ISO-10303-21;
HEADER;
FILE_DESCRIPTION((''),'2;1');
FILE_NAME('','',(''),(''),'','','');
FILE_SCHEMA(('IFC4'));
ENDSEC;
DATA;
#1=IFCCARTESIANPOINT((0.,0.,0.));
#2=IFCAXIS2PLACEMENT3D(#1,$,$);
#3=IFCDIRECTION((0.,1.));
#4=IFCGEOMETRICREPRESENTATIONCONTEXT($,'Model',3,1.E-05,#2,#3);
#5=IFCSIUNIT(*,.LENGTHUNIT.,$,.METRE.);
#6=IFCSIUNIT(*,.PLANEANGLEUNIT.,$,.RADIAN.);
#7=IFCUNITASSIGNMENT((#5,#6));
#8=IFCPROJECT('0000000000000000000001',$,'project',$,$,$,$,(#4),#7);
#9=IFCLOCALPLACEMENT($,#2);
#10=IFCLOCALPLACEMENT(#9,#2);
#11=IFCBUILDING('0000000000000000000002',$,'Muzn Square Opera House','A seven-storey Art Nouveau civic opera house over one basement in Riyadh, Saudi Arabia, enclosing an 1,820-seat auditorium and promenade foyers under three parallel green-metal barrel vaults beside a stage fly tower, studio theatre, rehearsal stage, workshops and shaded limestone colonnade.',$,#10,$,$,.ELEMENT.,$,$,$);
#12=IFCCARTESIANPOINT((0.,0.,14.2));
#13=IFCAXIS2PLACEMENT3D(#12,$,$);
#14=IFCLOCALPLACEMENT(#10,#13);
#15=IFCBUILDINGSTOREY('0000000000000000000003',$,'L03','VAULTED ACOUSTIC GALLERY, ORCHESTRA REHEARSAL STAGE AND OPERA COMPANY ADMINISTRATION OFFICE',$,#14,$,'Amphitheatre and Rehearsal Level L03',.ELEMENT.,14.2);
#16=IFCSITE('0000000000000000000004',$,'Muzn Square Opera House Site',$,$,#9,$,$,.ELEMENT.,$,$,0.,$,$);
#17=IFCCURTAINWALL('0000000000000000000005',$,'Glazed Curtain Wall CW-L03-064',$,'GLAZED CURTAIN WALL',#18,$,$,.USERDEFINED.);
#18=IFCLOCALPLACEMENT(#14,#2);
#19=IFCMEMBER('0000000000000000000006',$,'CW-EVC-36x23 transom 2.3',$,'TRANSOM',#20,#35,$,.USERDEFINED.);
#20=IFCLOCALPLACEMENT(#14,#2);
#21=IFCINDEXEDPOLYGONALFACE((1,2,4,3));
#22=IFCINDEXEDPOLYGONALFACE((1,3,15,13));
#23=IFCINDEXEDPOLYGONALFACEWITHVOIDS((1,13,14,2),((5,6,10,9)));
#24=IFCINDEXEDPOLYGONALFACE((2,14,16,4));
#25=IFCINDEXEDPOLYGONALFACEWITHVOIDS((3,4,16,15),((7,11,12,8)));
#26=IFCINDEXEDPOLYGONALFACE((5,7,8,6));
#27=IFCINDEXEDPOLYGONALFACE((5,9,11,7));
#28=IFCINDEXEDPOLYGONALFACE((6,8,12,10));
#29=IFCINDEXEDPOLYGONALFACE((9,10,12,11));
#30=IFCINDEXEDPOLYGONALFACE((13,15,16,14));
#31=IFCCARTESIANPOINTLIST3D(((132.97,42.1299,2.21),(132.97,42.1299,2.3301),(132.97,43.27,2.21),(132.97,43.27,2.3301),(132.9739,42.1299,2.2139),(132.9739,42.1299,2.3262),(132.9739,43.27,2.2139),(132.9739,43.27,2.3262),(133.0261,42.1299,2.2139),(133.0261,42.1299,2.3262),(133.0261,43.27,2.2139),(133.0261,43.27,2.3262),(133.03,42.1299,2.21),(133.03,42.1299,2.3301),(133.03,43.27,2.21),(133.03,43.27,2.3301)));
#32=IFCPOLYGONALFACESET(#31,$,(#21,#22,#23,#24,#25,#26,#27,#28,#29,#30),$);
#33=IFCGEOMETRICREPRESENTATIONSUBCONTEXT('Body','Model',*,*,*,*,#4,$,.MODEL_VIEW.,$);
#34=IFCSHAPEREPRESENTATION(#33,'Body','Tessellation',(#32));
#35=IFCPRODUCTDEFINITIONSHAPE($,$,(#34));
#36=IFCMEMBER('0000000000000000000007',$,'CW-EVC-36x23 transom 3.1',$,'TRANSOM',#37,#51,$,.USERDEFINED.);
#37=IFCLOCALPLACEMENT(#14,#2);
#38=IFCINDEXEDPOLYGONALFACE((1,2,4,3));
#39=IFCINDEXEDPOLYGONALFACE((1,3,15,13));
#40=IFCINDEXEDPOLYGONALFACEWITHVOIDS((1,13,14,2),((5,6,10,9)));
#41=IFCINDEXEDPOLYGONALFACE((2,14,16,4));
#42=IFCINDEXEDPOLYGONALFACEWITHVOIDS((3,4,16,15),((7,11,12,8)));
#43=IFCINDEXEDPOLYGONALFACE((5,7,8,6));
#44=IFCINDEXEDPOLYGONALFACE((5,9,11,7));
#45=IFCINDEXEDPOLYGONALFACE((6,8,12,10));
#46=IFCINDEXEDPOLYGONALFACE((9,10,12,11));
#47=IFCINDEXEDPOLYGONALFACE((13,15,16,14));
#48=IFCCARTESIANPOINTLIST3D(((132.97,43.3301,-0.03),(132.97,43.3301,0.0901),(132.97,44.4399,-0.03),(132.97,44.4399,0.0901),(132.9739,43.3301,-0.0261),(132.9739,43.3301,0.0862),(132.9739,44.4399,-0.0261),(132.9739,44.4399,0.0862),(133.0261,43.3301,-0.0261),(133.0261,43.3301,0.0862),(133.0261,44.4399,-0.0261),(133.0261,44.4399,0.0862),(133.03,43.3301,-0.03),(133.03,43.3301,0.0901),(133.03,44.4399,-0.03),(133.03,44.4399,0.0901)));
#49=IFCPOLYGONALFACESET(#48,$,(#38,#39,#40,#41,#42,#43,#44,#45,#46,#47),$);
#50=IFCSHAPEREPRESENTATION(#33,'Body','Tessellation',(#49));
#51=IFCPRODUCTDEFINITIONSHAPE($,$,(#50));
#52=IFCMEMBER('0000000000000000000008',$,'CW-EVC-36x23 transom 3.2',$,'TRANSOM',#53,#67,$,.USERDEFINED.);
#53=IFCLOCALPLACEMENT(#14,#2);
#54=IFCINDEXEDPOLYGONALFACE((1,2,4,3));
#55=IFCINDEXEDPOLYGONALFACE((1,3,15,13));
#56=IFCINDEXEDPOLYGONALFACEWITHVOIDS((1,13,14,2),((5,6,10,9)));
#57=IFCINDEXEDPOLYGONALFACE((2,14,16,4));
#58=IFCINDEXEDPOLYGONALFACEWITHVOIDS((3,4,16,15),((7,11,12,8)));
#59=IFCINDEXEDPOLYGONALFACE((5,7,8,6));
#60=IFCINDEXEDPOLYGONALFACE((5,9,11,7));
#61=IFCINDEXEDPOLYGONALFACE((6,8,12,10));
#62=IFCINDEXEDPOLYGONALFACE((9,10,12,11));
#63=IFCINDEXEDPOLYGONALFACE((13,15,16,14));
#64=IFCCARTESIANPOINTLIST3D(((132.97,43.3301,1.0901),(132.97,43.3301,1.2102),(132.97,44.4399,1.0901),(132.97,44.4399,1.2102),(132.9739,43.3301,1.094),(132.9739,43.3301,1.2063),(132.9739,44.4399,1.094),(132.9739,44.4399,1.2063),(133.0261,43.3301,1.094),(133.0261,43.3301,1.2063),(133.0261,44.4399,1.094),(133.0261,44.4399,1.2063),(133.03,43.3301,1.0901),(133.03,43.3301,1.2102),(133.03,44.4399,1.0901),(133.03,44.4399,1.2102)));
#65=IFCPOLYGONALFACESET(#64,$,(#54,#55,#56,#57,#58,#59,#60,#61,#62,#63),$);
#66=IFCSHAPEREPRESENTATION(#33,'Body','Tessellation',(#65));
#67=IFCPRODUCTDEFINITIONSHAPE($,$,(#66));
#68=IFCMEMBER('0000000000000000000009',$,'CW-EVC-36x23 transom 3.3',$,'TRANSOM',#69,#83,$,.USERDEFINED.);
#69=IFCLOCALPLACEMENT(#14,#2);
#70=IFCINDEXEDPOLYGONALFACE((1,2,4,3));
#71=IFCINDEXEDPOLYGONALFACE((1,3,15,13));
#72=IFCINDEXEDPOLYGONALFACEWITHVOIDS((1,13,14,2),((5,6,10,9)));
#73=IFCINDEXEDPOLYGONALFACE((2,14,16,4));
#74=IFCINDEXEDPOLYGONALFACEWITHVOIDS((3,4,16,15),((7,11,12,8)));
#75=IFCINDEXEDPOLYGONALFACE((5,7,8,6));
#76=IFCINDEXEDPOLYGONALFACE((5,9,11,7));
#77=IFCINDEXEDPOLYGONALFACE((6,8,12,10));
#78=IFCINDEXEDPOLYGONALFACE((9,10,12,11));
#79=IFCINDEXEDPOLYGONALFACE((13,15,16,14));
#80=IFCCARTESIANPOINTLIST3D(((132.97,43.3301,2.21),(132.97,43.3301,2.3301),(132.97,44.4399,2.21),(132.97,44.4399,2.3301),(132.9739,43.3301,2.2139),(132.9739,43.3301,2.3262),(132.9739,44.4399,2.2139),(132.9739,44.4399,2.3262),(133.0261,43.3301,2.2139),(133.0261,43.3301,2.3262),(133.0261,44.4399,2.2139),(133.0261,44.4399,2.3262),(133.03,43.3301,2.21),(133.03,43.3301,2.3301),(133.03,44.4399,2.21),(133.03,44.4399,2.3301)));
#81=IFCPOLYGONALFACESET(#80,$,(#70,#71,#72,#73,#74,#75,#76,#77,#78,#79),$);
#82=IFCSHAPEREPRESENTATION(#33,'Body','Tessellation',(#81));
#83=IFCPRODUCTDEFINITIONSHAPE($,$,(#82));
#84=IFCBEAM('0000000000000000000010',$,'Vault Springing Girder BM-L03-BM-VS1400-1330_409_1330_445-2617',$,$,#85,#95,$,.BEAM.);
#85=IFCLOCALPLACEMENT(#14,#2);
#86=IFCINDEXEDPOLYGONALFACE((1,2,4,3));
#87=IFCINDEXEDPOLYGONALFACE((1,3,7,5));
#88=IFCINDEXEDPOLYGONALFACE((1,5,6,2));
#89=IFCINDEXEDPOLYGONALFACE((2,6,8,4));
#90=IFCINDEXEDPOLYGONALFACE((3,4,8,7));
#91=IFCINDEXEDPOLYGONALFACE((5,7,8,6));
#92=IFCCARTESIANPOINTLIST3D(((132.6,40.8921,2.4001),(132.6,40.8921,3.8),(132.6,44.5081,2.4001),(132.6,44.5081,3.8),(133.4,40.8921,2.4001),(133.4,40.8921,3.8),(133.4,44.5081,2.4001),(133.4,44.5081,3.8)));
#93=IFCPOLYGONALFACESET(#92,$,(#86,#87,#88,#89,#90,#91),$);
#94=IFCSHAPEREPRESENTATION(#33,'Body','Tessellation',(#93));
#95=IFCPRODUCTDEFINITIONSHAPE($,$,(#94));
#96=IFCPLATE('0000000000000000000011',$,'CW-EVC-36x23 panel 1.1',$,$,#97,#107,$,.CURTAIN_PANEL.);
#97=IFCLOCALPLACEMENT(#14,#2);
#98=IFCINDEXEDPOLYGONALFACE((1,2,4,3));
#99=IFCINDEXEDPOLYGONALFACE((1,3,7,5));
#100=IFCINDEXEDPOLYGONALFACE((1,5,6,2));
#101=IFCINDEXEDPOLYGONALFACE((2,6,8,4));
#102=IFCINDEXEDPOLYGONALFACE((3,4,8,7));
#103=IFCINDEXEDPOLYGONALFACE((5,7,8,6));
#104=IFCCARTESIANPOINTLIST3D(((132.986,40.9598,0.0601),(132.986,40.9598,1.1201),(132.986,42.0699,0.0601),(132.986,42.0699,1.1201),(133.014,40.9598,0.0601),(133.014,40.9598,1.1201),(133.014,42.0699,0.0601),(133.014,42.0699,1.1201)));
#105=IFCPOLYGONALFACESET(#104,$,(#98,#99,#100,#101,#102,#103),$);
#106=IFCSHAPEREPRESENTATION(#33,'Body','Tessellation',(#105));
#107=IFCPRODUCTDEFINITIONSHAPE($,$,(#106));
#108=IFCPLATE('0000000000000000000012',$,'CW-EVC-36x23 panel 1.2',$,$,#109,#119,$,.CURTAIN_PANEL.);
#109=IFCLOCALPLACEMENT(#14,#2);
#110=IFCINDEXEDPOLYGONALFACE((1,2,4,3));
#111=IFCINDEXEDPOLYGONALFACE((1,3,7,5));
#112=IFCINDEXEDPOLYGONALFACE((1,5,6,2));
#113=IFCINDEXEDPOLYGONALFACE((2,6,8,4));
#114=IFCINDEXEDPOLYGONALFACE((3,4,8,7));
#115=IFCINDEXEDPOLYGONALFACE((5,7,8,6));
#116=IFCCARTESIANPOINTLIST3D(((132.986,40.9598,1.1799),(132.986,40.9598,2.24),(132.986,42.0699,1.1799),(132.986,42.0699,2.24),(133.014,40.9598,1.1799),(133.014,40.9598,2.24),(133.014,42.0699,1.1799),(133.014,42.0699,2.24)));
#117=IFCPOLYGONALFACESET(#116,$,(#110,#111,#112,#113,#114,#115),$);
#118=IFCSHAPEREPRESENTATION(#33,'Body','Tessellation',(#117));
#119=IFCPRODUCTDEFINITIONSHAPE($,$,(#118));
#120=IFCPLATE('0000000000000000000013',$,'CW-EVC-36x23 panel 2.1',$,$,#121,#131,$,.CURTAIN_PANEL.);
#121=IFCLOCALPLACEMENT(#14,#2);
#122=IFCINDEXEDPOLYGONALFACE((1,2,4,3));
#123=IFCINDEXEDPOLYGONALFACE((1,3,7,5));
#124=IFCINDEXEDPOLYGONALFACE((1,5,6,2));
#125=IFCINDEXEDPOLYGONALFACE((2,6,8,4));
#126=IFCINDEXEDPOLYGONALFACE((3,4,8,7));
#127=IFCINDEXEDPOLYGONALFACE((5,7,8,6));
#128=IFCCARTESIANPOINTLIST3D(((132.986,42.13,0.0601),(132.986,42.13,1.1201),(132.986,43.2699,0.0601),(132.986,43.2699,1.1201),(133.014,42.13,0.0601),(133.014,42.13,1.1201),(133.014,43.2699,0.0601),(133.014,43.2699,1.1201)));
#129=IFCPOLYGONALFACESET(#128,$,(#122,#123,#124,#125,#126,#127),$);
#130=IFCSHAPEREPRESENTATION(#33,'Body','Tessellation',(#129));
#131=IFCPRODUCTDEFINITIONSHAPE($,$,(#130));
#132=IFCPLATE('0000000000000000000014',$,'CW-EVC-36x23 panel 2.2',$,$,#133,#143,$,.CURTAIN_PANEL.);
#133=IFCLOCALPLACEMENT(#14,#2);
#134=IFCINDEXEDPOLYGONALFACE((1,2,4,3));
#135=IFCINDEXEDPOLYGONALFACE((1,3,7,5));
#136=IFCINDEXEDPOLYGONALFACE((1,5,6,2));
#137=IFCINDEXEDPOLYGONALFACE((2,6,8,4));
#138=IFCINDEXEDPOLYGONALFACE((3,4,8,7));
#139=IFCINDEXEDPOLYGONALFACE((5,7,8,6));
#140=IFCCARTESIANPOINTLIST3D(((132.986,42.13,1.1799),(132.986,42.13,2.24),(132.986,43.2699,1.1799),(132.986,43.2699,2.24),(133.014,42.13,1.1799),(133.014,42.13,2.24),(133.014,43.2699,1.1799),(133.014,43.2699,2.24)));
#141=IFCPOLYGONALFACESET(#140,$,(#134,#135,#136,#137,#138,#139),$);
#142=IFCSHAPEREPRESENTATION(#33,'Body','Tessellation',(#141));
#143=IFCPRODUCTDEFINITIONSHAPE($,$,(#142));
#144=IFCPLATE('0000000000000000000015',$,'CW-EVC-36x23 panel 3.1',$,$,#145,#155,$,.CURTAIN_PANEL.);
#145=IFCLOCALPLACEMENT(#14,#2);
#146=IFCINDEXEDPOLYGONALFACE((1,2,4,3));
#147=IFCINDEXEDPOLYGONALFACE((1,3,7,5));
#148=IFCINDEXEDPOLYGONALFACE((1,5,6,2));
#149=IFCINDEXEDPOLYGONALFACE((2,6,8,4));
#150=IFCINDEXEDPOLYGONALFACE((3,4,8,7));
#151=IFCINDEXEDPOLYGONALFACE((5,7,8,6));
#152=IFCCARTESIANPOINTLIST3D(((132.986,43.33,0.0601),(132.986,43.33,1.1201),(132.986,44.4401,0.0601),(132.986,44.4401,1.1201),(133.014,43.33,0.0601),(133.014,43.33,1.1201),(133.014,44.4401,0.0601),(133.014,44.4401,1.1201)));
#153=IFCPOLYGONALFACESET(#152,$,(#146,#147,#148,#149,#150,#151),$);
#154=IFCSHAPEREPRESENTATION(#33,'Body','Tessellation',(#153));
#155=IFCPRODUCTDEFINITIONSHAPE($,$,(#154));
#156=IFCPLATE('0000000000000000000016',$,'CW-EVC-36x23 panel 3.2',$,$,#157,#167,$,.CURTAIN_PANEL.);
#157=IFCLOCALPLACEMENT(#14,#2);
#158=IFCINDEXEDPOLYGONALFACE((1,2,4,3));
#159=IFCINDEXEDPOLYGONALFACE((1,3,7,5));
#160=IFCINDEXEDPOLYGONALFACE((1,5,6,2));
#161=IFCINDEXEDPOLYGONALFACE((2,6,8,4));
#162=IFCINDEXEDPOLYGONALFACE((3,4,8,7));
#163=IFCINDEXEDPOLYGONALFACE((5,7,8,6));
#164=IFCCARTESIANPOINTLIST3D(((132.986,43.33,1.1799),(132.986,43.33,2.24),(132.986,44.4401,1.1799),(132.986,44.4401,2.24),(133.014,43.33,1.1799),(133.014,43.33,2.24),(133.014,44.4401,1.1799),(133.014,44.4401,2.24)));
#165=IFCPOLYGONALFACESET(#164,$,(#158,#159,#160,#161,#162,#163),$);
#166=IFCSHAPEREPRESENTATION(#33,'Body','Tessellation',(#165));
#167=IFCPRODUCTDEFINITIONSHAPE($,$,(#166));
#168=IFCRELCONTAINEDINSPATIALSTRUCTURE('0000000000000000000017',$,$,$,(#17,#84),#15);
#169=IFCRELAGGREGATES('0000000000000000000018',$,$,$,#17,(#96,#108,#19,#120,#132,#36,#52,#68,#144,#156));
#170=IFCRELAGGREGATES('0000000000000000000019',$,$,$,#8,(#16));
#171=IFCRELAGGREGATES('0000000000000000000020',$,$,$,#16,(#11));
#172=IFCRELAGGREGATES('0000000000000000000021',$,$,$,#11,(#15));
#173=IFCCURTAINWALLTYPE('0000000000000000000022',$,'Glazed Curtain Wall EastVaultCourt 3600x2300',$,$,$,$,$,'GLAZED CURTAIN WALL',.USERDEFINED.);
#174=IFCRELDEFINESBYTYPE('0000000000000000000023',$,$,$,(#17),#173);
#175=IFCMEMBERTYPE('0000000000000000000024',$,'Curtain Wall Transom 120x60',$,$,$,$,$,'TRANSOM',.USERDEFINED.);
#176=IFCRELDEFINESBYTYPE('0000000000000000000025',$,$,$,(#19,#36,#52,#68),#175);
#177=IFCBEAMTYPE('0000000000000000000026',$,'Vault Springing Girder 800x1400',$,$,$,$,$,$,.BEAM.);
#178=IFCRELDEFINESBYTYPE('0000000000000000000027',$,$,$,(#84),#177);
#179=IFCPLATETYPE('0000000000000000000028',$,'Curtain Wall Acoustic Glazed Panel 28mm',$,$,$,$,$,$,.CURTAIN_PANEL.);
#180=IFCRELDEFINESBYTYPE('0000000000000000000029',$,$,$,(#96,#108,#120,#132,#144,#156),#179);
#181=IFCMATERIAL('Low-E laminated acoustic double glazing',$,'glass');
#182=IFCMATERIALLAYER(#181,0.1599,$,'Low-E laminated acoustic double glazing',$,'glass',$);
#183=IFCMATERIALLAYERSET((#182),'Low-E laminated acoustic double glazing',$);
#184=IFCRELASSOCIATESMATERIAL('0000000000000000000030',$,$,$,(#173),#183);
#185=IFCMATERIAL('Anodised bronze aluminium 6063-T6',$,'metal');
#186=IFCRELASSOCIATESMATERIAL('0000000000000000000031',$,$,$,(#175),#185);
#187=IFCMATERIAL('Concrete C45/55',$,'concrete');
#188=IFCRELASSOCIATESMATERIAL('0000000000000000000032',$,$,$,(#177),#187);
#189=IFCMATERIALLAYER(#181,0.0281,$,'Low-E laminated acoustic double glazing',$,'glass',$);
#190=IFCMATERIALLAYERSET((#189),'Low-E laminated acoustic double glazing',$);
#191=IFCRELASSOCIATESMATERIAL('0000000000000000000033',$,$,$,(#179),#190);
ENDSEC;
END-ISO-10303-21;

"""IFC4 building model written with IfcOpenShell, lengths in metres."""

from ifc_helpers import new_model, si_unit, direction, frame, origin, origin_2d, place, context, subcontext, project, spatial, rectangle, hollow_rectangle, extrude, material, layer, layer_set, material_profile, profile_set, type_object, element, aggregate, save


model = new_model("IFC4")

# Units and contexts
model_context = context("Model", 3, precision=1e-05, world=origin(), true_north=direction((0.0, 1.0)))
body_context = subcontext(model_context, "Body", "Model", "MODEL_VIEW")
ifc_project = project(units=[si_unit("LENGTHUNIT", "METRE"), si_unit("PLANEANGLEUNIT", "RADIAN")], contexts=[model_context])

# Site, building, storey
site_placement = place(None, origin())
site = spatial("IfcSite", under=ifc_project, at=site_placement, Name="Muzn Square Opera House Site", CompositionType="ELEMENT", RefElevation=0.0)
building_placement = place(site_placement, origin())
building = spatial("IfcBuilding", under=site, at=building_placement, Name="Muzn Square Opera House", Description="A seven-storey Art Nouveau civic opera house over one basement in Riyadh, Saudi Arabia, enclosing an 1,820-seat auditorium and promenade foyers under three parallel green-metal barrel vaults beside a stage fly tower, studio theatre, rehearsal stage, workshops and shaded limestone colonnade.", CompositionType="ELEMENT")
storey_placement = place(building_placement, frame((0.0, 0.0, 14.2)))
storey = spatial("IfcBuildingStorey", under=building, at=storey_placement, Name="L03", Description="VAULTED ACOUSTIC GALLERY, ORCHESTRA REHEARSAL STAGE AND OPERA COMPANY ADMINISTRATION OFFICE", LongName="Amphitheatre and Rehearsal Level L03", CompositionType="ELEMENT", Elevation=14.2)

# Shared definitions
ifc_material_1 = material(Name="Concrete C45/55", Category="concrete")

# Shared definitions
ifc_material_2 = material(Name="Low-E laminated acoustic double glazing", Category="glass")
ifc_layer_1 = layer(ifc_material_2, 0.1599, Name="Low-E laminated acoustic double glazing", Category="glass")
ifc_layer_set_1 = layer_set([ifc_layer_1], Name="Low-E laminated acoustic double glazing")
curtain_wall_type = type_object("IfcCurtainWallType", Name="Glazed Curtain Wall EastVaultCourt 3600x2300", ElementType="GLAZED CURTAIN WALL", PredefinedType="USERDEFINED", material=ifc_layer_set_1)
ifc_material_3 = material(Name="Anodised bronze aluminium 6063-T6", Category="metal")

# Curtain wall, members
curtain_wall_1_placement = place(storey_placement, origin())
curtain_wall_1 = element("IfcCurtainWall", 1, at=curtain_wall_1_placement, inside=storey, type_object=curtain_wall_type, Name="Glazed Curtain Wall CW-L03-064", ObjectType="GLAZED CURTAIN WALL", PredefinedType="USERDEFINED")
ifc_material_profile_1 = material_profile(ifc_material_3, hollow_rectangle(XDim=0.0601, YDim=0.1201, WallThickness=0.0039, at=origin_2d()), Name="ALU 120x60x4", Category="metal")
ifc_profile_set_1 = profile_set([ifc_material_profile_1], Name="Anodised bronze aluminium 6063-T6")
member_type_1 = type_object("IfcMemberType", Name="Curtain Wall Transom 120x60", ElementType="TRANSOM", PredefinedType="USERDEFINED", material=ifc_profile_set_1)
member_1_placement = place(storey_placement, frame((133.0, 42.1299, 2.27), z_axis=(0.0, 1.0, 0.0), x_axis=(-1.0, 0.0, 0.0)))
member_1 = element("IfcMember", 2, at=member_1_placement, type_object=member_type_1, Name="CW-EVC-36x23 transom 2.3", ObjectType="TRANSOM", PredefinedType="USERDEFINED", context=body_context, shape_type="SweptSolid", body=[
    extrude(hollow_rectangle(XDim=0.0601, YDim=0.1201, WallThickness=0.0039, at=origin_2d()), origin(), (0.0, 0.0, 1.0), 1.1401),
])
member_2_placement = place(storey_placement, frame((133.0, 43.3301, 0.03), z_axis=(0.0, 1.0, 0.0), x_axis=(-1.0, 0.0, 0.0)))
member_2 = element("IfcMember", 3, at=member_2_placement, type_object=member_type_1, Name="CW-EVC-36x23 transom 3.1", ObjectType="TRANSOM", PredefinedType="USERDEFINED", context=body_context, shape_type="SweptSolid", body=[
    extrude(hollow_rectangle(XDim=0.0601, YDim=0.1201, WallThickness=0.0039, at=origin_2d()), origin(), (0.0, 0.0, 1.0), 1.1099),
])
member_3_placement = place(storey_placement, frame((133.0, 43.3301, 1.1501), z_axis=(0.0, 1.0, 0.0), x_axis=(-1.0, 0.0, 0.0)))
member_3 = element("IfcMember", 4, at=member_3_placement, type_object=member_type_1, Name="CW-EVC-36x23 transom 3.2", ObjectType="TRANSOM", PredefinedType="USERDEFINED", context=body_context, shape_type="SweptSolid", body=[
    extrude(hollow_rectangle(XDim=0.0601, YDim=0.1201, WallThickness=0.0039, at=origin_2d()), origin(), (0.0, 0.0, 1.0), 1.1099),
])
member_4_placement = place(storey_placement, frame((133.0, 43.3301, 2.27), z_axis=(0.0, 1.0, 0.0), x_axis=(-1.0, 0.0, 0.0)))
member_4 = element("IfcMember", 5, at=member_4_placement, type_object=member_type_1, Name="CW-EVC-36x23 transom 3.3", ObjectType="TRANSOM", PredefinedType="USERDEFINED", context=body_context, shape_type="SweptSolid", body=[
    extrude(hollow_rectangle(XDim=0.0601, YDim=0.1201, WallThickness=0.0039, at=origin_2d()), origin(), (0.0, 0.0, 1.0), 1.1099),
])

# Beam
ifc_material_profile_2 = material_profile(ifc_material_1, rectangle(XDim=0.8, YDim=1.3999, at=origin_2d()), Name="RCB 800x1400", Category="concrete")
ifc_profile_set_2 = profile_set([ifc_material_profile_2], Name="Concrete C45/55")
beam_type = type_object("IfcBeamType", Name="Vault Springing Girder 800x1400", PredefinedType="BEAM", material=ifc_profile_set_2)
beam_placement = place(storey_placement, frame((133.0, 40.8921, 3.1001), z_axis=(0.0, 1.0, 0.0), x_axis=(-1.0, 0.0, 0.0)))
element("IfcBeam", 6, at=beam_placement, inside=storey, type_object=beam_type, Name="Vault Springing Girder BM-L03-BM-VS1400-1330_409_1330_445-2617", PredefinedType="BEAM", context=body_context, shape_type="SweptSolid", body=[
    extrude(rectangle(XDim=0.8, YDim=1.3999, at=origin_2d()), origin(), (0.0, 0.0, 1.0), 3.616),
])

# Plates
ifc_layer_2 = layer(ifc_material_2, 0.0281, Name="Low-E laminated acoustic double glazing", Category="glass")
ifc_layer_set_2 = layer_set([ifc_layer_2], Name="Low-E laminated acoustic double glazing")
plate_type = type_object("IfcPlateType", Name="Curtain Wall Acoustic Glazed Panel 28mm", PredefinedType="CURTAIN_PANEL", material=ifc_layer_set_2)
plate_1_placement = place(storey_placement, frame((133.0, 41.5149, 0.0601), z_axis=(0.0, 0.0, 1.0), x_axis=(0.0, 1.0, 0.0)))
plate_1 = element("IfcPlate", 7, at=plate_1_placement, type_object=plate_type, Name="CW-EVC-36x23 panel 1.1", PredefinedType="CURTAIN_PANEL", context=body_context, shape_type="SweptSolid", body=[
    extrude(rectangle(XDim=1.1101, YDim=0.0281, at=origin_2d()), origin(), (0.0, 0.0, 1.0), 1.0601),
])
plate_2_placement = place(storey_placement, frame((133.0, 41.5149, 1.1799), z_axis=(0.0, 0.0, 1.0), x_axis=(0.0, 1.0, 0.0)))
plate_2 = element("IfcPlate", 8, at=plate_2_placement, type_object=plate_type, Name="CW-EVC-36x23 panel 1.2", PredefinedType="CURTAIN_PANEL", context=body_context, shape_type="SweptSolid", body=[
    extrude(rectangle(XDim=1.1101, YDim=0.0281, at=origin_2d()), origin(), (0.0, 0.0, 1.0), 1.0601),
])
plate_3_placement = place(storey_placement, frame((133.0, 42.7, 0.0601), z_axis=(0.0, 0.0, 1.0), x_axis=(0.0, 1.0, 0.0)))
plate_3 = element("IfcPlate", 9, at=plate_3_placement, type_object=plate_type, Name="CW-EVC-36x23 panel 2.1", PredefinedType="CURTAIN_PANEL", context=body_context, shape_type="SweptSolid", body=[
    extrude(rectangle(XDim=1.1399, YDim=0.0281, at=origin_2d()), origin(), (0.0, 0.0, 1.0), 1.0601),
])
plate_4_placement = place(storey_placement, frame((133.0, 42.7, 1.1799), z_axis=(0.0, 0.0, 1.0), x_axis=(0.0, 1.0, 0.0)))
plate_4 = element("IfcPlate", 10, at=plate_4_placement, type_object=plate_type, Name="CW-EVC-36x23 panel 2.2", PredefinedType="CURTAIN_PANEL", context=body_context, shape_type="SweptSolid", body=[
    extrude(rectangle(XDim=1.1399, YDim=0.0281, at=origin_2d()), origin(), (0.0, 0.0, 1.0), 1.0601),
])
plate_5_placement = place(storey_placement, frame((133.0, 43.885, 0.0601), z_axis=(0.0, 0.0, 1.0), x_axis=(0.0, 1.0, 0.0)))
plate_5 = element("IfcPlate", 11, at=plate_5_placement, type_object=plate_type, Name="CW-EVC-36x23 panel 3.1", PredefinedType="CURTAIN_PANEL", context=body_context, shape_type="SweptSolid", body=[
    extrude(rectangle(XDim=1.1101, YDim=0.0281, at=origin_2d()), origin(), (0.0, 0.0, 1.0), 1.0601),
])
plate_6_placement = place(storey_placement, frame((133.0, 43.885, 1.1799), z_axis=(0.0, 0.0, 1.0), x_axis=(0.0, 1.0, 0.0)))
plate_6 = element("IfcPlate", 12, at=plate_6_placement, type_object=plate_type, Name="CW-EVC-36x23 panel 3.2", PredefinedType="CURTAIN_PANEL", context=body_context, shape_type="SweptSolid", body=[
    extrude(rectangle(XDim=1.1101, YDim=0.0281, at=origin_2d()), origin(), (0.0, 0.0, 1.0), 1.0601),
])
aggregate(curtain_wall_1, [plate_1, plate_2, member_1, plate_3, plate_4, member_2, member_3, member_4, plate_5, plate_6])

save(model, "model.ifc")
